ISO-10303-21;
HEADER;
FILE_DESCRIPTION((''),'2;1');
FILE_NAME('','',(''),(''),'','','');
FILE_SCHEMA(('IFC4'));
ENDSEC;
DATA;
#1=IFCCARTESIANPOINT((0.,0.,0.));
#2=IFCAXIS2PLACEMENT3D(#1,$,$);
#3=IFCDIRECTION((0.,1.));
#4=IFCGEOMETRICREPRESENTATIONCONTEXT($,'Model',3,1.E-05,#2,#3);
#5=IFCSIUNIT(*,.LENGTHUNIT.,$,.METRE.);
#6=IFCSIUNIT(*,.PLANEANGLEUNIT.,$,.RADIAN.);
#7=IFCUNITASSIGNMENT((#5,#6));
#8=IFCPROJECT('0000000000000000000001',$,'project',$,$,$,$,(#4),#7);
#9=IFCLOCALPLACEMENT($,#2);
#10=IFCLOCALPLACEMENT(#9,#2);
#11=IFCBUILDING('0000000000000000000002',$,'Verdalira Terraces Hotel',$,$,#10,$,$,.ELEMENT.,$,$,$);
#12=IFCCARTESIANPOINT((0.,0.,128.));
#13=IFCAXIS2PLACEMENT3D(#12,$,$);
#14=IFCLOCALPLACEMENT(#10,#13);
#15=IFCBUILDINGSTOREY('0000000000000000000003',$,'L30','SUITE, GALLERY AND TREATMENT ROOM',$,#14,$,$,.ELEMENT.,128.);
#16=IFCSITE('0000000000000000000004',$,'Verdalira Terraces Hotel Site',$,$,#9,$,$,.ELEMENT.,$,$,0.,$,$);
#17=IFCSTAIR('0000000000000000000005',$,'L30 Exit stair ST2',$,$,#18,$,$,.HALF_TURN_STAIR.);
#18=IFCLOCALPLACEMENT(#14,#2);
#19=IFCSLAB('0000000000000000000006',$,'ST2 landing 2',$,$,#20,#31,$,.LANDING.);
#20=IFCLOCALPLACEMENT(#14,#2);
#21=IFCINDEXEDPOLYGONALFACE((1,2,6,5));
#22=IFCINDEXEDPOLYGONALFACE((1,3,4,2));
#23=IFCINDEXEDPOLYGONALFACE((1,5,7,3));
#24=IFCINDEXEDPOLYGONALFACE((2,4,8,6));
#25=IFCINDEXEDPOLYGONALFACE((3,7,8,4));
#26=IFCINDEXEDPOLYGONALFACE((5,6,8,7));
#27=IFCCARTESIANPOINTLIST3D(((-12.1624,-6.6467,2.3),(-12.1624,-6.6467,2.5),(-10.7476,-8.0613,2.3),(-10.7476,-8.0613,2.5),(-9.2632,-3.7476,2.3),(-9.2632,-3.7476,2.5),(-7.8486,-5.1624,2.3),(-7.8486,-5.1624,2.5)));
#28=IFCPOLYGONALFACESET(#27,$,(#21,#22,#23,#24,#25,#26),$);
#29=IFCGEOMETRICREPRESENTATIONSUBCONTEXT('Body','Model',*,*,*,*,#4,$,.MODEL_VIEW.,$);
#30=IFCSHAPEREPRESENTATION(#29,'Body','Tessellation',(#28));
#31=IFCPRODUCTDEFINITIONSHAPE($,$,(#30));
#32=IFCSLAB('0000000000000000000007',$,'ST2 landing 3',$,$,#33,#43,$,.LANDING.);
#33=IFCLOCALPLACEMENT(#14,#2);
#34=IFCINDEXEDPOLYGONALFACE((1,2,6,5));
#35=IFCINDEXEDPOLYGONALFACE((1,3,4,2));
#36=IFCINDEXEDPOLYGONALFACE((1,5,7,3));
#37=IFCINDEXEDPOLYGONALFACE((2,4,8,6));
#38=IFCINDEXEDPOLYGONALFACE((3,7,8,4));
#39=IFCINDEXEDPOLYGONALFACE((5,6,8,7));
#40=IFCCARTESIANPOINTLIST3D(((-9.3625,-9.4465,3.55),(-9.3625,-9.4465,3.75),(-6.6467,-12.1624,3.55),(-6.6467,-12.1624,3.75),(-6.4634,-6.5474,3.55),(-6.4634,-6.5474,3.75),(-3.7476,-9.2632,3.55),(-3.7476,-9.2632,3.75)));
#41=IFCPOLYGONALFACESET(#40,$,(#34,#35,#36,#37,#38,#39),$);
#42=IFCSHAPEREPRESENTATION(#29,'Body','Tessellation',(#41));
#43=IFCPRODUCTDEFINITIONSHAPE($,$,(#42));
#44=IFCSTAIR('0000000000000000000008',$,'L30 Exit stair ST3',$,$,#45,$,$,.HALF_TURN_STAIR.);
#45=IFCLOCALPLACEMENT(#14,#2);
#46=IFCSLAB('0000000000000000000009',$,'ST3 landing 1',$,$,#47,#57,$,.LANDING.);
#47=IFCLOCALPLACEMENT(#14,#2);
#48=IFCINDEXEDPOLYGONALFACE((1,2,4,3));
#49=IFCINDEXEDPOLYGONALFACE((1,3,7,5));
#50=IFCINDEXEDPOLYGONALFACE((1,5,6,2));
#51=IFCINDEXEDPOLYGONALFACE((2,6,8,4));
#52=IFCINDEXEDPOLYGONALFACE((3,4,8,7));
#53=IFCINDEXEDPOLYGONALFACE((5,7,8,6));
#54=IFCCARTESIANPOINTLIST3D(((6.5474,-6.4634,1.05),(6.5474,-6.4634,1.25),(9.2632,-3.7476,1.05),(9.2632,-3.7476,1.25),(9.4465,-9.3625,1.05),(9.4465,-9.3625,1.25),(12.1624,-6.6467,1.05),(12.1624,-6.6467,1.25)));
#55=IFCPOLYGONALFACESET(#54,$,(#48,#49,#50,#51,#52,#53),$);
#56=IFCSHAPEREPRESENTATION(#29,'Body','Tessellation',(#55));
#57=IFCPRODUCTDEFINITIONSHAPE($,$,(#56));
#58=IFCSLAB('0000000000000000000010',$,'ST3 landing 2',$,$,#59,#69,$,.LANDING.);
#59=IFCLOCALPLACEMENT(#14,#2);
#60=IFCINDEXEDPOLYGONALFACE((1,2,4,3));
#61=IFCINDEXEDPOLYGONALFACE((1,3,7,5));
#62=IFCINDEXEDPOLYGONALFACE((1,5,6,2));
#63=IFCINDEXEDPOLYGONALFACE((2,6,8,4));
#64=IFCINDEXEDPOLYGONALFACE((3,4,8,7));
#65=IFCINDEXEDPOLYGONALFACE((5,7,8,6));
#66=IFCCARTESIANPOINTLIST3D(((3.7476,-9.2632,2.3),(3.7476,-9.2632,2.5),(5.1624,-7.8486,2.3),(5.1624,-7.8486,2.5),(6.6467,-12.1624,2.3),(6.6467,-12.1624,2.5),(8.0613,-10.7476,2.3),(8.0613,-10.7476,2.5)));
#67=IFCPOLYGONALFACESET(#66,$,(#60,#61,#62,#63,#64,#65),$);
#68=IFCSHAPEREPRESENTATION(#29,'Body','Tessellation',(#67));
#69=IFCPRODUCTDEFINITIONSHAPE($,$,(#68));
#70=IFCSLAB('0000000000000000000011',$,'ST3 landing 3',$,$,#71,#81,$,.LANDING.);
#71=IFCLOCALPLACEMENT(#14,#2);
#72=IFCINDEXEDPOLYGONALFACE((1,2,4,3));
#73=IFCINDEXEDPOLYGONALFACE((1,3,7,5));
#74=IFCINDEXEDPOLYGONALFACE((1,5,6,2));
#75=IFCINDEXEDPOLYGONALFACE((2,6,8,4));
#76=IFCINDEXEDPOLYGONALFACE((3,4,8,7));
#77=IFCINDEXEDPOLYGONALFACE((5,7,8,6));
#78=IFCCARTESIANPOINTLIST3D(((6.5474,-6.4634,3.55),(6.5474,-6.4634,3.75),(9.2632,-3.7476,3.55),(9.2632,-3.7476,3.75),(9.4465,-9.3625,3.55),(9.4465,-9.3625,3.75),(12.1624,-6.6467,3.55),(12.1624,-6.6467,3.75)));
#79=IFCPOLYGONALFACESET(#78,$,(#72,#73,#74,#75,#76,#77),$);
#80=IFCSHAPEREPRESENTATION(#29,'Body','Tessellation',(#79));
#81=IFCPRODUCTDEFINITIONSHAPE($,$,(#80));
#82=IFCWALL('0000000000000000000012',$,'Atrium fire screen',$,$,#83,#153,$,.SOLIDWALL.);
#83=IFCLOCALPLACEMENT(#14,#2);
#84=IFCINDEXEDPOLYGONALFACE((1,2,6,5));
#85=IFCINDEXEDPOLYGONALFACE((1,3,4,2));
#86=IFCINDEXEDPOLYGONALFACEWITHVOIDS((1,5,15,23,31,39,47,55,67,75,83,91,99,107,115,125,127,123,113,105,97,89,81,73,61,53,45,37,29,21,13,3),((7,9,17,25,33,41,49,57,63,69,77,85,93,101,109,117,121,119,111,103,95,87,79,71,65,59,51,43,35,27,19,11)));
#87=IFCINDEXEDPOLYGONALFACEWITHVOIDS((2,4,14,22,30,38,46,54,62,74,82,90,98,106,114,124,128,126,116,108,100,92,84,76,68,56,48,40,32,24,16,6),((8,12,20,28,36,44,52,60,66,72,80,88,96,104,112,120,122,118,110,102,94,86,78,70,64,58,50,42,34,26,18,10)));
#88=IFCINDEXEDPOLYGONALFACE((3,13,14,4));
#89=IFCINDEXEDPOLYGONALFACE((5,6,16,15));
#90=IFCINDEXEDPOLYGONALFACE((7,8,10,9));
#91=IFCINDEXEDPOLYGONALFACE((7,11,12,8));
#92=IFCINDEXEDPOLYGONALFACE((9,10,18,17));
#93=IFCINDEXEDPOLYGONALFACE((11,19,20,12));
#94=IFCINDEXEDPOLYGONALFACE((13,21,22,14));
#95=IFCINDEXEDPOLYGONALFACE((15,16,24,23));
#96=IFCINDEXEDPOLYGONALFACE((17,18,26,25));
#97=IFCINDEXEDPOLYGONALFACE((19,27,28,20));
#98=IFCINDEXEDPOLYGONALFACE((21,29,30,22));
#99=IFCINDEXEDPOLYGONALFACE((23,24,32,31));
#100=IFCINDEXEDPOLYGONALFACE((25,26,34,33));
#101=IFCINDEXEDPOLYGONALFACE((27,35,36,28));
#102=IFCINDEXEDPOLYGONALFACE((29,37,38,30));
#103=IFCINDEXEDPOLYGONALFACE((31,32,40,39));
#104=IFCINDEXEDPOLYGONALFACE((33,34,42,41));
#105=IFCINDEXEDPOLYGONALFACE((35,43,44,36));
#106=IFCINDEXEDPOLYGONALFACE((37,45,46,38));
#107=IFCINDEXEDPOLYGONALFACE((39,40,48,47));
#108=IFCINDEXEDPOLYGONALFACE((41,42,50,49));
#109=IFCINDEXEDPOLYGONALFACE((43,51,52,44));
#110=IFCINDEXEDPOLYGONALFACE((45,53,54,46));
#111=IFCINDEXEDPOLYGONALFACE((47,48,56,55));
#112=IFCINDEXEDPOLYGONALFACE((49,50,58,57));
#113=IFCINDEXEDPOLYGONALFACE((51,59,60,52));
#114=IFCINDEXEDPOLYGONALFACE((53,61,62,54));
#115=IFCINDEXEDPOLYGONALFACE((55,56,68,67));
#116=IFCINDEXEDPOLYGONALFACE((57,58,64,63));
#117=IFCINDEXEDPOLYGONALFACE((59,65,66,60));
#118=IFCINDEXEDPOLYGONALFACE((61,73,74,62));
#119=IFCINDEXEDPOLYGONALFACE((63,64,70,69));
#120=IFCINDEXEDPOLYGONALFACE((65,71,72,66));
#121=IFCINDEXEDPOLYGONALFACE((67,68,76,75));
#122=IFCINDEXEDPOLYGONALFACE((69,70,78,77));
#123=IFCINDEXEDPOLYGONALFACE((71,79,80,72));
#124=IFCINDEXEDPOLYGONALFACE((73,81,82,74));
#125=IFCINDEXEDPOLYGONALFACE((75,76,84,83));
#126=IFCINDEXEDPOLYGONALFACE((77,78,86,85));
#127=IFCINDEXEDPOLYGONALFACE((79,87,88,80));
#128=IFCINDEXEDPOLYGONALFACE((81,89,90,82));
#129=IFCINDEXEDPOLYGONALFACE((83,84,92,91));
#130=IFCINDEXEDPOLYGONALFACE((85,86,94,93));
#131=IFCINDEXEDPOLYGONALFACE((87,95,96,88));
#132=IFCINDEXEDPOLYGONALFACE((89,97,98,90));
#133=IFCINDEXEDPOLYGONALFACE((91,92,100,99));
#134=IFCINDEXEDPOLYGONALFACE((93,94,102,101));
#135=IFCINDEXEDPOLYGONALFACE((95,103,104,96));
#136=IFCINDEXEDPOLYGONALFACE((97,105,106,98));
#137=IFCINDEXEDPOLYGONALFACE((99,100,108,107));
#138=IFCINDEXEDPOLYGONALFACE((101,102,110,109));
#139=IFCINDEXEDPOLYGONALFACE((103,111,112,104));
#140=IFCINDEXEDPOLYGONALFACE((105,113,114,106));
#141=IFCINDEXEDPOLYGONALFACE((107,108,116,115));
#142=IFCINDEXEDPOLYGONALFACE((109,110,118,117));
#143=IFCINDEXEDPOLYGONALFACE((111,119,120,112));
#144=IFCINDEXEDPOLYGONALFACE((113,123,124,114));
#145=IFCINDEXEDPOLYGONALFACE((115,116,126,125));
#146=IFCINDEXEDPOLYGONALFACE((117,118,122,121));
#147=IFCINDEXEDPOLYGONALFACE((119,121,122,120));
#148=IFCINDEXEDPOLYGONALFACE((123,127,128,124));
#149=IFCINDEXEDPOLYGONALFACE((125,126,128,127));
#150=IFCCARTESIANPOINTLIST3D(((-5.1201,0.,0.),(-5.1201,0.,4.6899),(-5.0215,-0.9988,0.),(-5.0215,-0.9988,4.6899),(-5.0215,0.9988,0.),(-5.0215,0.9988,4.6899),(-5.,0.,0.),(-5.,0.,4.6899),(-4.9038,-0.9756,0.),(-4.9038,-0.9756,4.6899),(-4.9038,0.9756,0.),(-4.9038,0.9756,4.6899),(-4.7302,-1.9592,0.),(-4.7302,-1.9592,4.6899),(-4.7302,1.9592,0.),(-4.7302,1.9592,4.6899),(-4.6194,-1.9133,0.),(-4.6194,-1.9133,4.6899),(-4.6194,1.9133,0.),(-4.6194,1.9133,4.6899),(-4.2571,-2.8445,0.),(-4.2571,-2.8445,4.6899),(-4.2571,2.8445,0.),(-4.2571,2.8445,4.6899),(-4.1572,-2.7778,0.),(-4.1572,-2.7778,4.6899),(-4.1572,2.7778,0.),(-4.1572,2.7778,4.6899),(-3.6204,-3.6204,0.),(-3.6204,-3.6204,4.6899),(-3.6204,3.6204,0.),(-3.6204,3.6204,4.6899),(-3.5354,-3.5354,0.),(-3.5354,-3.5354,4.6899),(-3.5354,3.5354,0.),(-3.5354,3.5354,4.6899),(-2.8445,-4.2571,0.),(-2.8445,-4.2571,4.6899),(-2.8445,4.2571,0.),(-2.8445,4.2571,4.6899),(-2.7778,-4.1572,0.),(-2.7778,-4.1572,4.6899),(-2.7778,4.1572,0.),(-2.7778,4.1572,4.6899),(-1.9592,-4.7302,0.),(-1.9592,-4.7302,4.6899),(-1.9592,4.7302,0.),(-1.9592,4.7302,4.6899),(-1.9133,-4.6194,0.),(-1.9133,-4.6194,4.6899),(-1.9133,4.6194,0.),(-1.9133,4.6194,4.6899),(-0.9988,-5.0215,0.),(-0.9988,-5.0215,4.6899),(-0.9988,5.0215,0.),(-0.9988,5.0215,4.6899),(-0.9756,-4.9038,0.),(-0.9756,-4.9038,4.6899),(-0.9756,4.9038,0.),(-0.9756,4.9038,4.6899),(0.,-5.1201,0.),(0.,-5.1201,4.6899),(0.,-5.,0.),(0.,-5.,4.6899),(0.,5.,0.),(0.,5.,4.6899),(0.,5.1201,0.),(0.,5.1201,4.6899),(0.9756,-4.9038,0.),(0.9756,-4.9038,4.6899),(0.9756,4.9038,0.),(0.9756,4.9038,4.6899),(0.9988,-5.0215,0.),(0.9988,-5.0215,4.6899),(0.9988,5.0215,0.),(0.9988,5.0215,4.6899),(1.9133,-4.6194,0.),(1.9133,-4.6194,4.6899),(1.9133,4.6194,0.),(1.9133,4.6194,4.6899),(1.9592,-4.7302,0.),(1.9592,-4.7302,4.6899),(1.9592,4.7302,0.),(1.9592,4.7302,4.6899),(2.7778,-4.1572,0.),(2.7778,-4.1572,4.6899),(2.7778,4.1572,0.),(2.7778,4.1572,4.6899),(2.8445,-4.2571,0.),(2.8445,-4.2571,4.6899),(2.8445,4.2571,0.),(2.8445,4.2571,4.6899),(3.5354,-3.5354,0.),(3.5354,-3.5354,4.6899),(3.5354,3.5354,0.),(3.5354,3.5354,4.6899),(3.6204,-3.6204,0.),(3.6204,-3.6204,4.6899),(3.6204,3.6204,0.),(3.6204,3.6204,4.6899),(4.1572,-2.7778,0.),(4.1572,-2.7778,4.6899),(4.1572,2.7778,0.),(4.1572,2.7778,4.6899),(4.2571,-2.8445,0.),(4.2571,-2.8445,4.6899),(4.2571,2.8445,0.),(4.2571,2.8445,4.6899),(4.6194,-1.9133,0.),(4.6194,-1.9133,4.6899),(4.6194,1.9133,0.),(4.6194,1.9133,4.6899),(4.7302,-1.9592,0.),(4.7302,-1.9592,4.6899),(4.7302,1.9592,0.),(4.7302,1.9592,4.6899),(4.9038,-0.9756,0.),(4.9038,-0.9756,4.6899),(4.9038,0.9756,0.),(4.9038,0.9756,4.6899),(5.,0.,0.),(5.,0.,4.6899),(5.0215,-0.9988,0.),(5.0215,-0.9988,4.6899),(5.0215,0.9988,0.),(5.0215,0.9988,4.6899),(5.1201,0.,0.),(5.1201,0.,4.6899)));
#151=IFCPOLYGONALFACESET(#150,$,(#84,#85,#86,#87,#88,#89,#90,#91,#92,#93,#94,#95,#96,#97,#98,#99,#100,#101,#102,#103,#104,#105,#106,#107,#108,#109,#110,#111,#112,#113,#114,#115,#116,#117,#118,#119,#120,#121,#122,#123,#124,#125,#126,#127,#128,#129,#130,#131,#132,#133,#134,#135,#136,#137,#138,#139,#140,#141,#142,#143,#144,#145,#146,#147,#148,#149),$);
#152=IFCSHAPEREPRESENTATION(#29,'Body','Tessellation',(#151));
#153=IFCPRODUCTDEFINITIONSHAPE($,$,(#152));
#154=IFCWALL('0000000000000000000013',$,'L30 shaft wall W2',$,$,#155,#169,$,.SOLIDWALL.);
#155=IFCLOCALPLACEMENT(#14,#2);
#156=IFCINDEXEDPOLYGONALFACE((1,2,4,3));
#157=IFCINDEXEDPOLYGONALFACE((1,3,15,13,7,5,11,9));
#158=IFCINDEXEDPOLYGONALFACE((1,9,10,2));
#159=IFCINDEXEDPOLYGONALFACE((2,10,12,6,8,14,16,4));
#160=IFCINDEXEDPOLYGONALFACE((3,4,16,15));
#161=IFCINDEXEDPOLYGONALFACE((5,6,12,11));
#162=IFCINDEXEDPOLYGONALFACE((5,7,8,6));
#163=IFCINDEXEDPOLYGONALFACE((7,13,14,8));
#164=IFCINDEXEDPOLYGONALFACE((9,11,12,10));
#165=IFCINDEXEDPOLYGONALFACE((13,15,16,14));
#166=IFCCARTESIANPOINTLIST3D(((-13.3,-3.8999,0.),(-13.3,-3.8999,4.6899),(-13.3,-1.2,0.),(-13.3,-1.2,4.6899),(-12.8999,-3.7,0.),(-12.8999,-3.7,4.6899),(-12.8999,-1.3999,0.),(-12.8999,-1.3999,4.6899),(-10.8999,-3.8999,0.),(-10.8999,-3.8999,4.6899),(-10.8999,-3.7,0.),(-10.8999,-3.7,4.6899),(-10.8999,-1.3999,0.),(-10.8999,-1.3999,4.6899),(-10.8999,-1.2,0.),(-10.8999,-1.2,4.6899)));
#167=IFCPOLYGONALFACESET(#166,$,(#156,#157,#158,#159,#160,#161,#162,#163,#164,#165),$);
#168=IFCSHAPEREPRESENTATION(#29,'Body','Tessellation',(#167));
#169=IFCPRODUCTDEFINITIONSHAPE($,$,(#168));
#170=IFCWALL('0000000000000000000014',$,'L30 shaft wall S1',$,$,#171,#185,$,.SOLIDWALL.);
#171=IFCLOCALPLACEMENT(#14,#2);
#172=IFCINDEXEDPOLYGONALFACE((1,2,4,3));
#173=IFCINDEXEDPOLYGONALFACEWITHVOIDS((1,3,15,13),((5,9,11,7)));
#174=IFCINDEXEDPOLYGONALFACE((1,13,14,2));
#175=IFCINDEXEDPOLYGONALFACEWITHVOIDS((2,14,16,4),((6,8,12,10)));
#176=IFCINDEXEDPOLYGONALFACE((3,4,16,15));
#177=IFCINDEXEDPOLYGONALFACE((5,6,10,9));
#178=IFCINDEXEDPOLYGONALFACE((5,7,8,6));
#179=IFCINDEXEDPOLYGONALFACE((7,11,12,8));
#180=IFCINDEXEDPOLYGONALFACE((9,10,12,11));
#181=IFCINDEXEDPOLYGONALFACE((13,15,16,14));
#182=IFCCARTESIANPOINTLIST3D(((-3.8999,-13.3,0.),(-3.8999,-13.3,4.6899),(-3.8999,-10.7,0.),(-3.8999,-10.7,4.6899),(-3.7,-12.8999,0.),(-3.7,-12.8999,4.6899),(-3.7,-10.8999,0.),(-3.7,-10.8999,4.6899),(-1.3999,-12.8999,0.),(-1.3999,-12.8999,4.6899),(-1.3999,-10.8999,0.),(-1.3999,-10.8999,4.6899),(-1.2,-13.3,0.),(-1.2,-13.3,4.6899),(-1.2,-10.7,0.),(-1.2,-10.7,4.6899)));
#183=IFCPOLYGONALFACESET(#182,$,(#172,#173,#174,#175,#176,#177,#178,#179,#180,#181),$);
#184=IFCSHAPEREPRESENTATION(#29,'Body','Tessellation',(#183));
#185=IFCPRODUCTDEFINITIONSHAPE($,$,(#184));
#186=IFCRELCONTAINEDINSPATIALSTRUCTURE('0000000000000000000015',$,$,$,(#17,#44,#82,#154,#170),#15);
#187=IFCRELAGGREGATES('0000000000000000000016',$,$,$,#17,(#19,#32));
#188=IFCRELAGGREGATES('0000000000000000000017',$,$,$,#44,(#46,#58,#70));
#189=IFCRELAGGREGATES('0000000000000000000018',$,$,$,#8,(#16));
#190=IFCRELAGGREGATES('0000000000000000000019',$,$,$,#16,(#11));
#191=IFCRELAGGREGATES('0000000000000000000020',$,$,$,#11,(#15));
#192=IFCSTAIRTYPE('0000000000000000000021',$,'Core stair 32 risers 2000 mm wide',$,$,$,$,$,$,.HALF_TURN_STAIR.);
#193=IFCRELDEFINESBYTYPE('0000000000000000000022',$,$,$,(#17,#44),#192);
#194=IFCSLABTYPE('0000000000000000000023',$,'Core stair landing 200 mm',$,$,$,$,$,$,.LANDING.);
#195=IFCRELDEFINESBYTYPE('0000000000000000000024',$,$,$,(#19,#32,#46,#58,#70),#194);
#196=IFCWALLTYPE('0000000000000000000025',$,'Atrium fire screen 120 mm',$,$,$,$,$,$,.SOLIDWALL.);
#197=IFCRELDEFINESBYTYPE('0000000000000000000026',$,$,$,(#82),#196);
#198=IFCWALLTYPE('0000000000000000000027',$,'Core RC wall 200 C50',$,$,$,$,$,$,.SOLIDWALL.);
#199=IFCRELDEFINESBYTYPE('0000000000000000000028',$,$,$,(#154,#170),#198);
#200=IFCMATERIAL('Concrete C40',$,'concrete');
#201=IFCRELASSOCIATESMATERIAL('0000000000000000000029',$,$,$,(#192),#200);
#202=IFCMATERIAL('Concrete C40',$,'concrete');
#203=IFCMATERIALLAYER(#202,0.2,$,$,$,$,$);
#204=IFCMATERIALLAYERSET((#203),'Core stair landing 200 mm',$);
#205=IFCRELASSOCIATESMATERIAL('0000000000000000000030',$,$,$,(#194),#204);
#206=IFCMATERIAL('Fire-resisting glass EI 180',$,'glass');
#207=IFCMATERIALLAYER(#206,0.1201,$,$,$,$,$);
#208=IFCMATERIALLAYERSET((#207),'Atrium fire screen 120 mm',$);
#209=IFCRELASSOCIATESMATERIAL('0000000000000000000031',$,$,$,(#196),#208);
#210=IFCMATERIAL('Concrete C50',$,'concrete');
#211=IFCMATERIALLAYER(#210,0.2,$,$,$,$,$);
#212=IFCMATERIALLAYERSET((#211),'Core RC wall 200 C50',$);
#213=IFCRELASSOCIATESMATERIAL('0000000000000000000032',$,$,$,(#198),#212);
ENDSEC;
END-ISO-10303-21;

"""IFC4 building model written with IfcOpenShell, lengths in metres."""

from ifc_helpers import new_model, si_unit, direction, frame, origin, place, context, subcontext, project, spatial, polyline, outline, extrude, material, layer, layer_set, type_object, element, aggregate, save


model = new_model("IFC4")

# Units and contexts
model_context = context("Model", 3, precision=1e-05, world=origin(), true_north=direction((0.0, 1.0)))
body_context = subcontext(model_context, "Body", "Model", "MODEL_VIEW")
ifc_project = project(units=[si_unit("LENGTHUNIT", "METRE"), si_unit("PLANEANGLEUNIT", "RADIAN")], contexts=[model_context])

# Site, building, storey
site_placement = place(None, origin())
site = spatial("IfcSite", under=ifc_project, at=site_placement, Name="Verdalira Terraces Hotel Site", CompositionType="ELEMENT", RefElevation=0.0)
building_placement = place(site_placement, origin())
building = spatial("IfcBuilding", under=site, at=building_placement, Name="Verdalira Terraces Hotel", CompositionType="ELEMENT")
storey_placement = place(building_placement, frame((0.0, 0.0, 128.0)))
storey = spatial("IfcBuildingStorey", under=building, at=storey_placement, Name="L30", Description="SUITE, GALLERY AND TREATMENT ROOM", CompositionType="ELEMENT", Elevation=128.0)

# Stairs, slabs
ifc_material_1 = material(Name="Concrete C40", Category="concrete")
stair_type = type_object("IfcStairType", Name="Core stair 32 risers 2000 mm wide", PredefinedType="HALF_TURN_STAIR", material=ifc_material_1)
ifc_material_2 = material(Name="Concrete C40", Category="concrete")
ifc_layer_1 = layer(ifc_material_2, 0.2)
ifc_layer_set_1 = layer_set([ifc_layer_1], Name="Core stair landing 200 mm")
slab_type_1 = type_object("IfcSlabType", Name="Core stair landing 200 mm", PredefinedType="LANDING", material=ifc_layer_set_1)
stair_1_placement = place(storey_placement, origin())
stair_1 = element("IfcStair", 1, at=stair_1_placement, inside=storey, type_object=stair_type, Name="L30 Exit stair ST2", PredefinedType="HALF_TURN_STAIR")
slab_1_placement = place(storey_placement, frame((0.0, 0.0, 2.3)))
slab_1 = element("IfcSlab", 2, at=slab_1_placement, type_object=slab_type_1, Name="ST2 landing 2", PredefinedType="LANDING", context=body_context, shape_type="SweptSolid", body=[
    extrude(outline(polyline([(-12.1624, -6.6467), (-10.7476, -8.0613), (-7.8486, -5.1624), (-9.2632, -3.7476), (-12.1624, -6.6467)])), origin(), (0.0, 0.0, 1.0), 0.2),
])
slab_2_placement = place(storey_placement, frame((0.0, 0.0, 3.55)))
slab_2 = element("IfcSlab", 3, at=slab_2_placement, type_object=slab_type_1, Name="ST2 landing 3", PredefinedType="LANDING", context=body_context, shape_type="SweptSolid", body=[
    extrude(outline(polyline([(-9.3625, -9.4465), (-6.6467, -12.1624), (-3.7476, -9.2632), (-6.4634, -6.5474), (-9.3625, -9.4465)])), origin(), (0.0, 0.0, 1.0), 0.2),
])
aggregate(stair_1, [slab_1, slab_2])
stair_2_placement = place(storey_placement, origin())
stair_2 = element("IfcStair", 4, at=stair_2_placement, inside=storey, type_object=stair_type, Name="L30 Exit stair ST3", PredefinedType="HALF_TURN_STAIR")
slab_3_placement = place(storey_placement, frame((0.0, 0.0, 1.05)))
slab_3 = element("IfcSlab", 5, at=slab_3_placement, type_object=slab_type_1, Name="ST3 landing 1", PredefinedType="LANDING", context=body_context, shape_type="SweptSolid", body=[
    extrude(outline(polyline([(9.4465, -9.3625), (12.1624, -6.6467), (9.2632, -3.7476), (6.5474, -6.4634), (9.4465, -9.3625)])), origin(), (0.0, 0.0, 1.0), 0.2),
])
slab_4_placement = place(storey_placement, frame((0.0, 0.0, 2.3)))
slab_4 = element("IfcSlab", 6, at=slab_4_placement, type_object=slab_type_1, Name="ST3 landing 2", PredefinedType="LANDING", context=body_context, shape_type="SweptSolid", body=[
    extrude(outline(polyline([(6.6467, -12.1624), (8.0613, -10.7476), (5.1624, -7.8486), (3.7476, -9.2632), (6.6467, -12.1624)])), origin(), (0.0, 0.0, 1.0), 0.2),
])
slab_5_placement = place(storey_placement, frame((0.0, 0.0, 3.55)))
slab_5 = element("IfcSlab", 7, at=slab_5_placement, type_object=slab_type_1, Name="ST3 landing 3", PredefinedType="LANDING", context=body_context, shape_type="SweptSolid", body=[
    extrude(outline(polyline([(9.4465, -9.3625), (12.1624, -6.6467), (9.2632, -3.7476), (6.5474, -6.4634), (9.4465, -9.3625)])), origin(), (0.0, 0.0, 1.0), 0.2),
])
aggregate(stair_2, [slab_3, slab_4, slab_5])

# Walls
ifc_material_3 = material(Name="Fire-resisting glass EI 180", Category="glass")
ifc_layer_2 = layer(ifc_material_3, 0.1201)
ifc_layer_set_2 = layer_set([ifc_layer_2], Name="Atrium fire screen 120 mm")
wall_type_1 = type_object("IfcWallType", Name="Atrium fire screen 120 mm", PredefinedType="SOLIDWALL", material=ifc_layer_set_2)
wall_1_placement = place(storey_placement, origin())
element("IfcWall", 8, at=wall_1_placement, inside=storey, type_object=wall_type_1, Name="Atrium fire screen", PredefinedType="SOLIDWALL", context=body_context, shape_type="SweptSolid", body=[
    extrude(outline(polyline([(5.0215, -0.9988), (4.7302, -1.9592), (4.2571, -2.8445), (3.6204, -3.6204), (2.8445, -4.2571), (1.9592, -4.7302), (0.9988, -5.0215), (0.0, -5.1201), (-0.9988, -5.0215), (-1.9592, -4.7302), (-2.8445, -4.2571), (-3.6204, -3.6204), (-4.2571, -2.8445), (-4.7302, -1.9592), (-5.0215, -0.9988), (-5.1201, 0.0), (-5.0215, 0.9988), (-4.7302, 1.9592), (-4.2571, 2.8445), (-3.6204, 3.6204), (-2.8445, 4.2571), (-1.9592, 4.7302), (-0.9988, 5.0215), (0.0, 5.1201), (0.9988, 5.0215), (1.9592, 4.7302), (2.8445, 4.2571), (3.6204, 3.6204), (4.2571, 2.8445), (4.7302, 1.9592), (5.0215, 0.9988), (5.1201, 0.0), (5.0215, -0.9988)]), holes=[polyline([(4.9038, 0.9756), (4.6194, 1.9133), (4.1572, 2.7778), (3.5354, 3.5354), (2.7778, 4.1572), (1.9133, 4.6194), (0.9756, 4.9038), (0.0, 5.0), (-0.9756, 4.9038), (-1.9133, 4.6194), (-2.7778, 4.1572), (-3.5354, 3.5354), (-4.1572, 2.7778), (-4.6194, 1.9133), (-4.9038, 0.9756), (-5.0, 0.0), (-4.9038, -0.9756), (-4.6194, -1.9133), (-4.1572, -2.7778), (-3.5354, -3.5354), (-2.7778, -4.1572), (-1.9133, -4.6194), (-0.9756, -4.9038), (0.0, -5.0), (0.9756, -4.9038), (1.9133, -4.6194), (2.7778, -4.1572), (3.5354, -3.5354), (4.1572, -2.7778), (4.6194, -1.9133), (4.9038, -0.9756), (5.0, 0.0), (4.9038, 0.9756)])]), origin(), (0.0, 0.0, 1.0), 4.6899),
])
ifc_material_4 = material(Name="Concrete C50", Category="concrete")
ifc_layer_3 = layer(ifc_material_4, 0.2)
ifc_layer_set_3 = layer_set([ifc_layer_3], Name="Core RC wall 200 C50")
wall_type_2 = type_object("IfcWallType", Name="Core RC wall 200 C50", PredefinedType="SOLIDWALL", material=ifc_layer_set_3)
wall_2_placement = place(storey_placement, origin())
element("IfcWall", 9, at=wall_2_placement, inside=storey, type_object=wall_type_2, Name="L30 shaft wall W2", PredefinedType="SOLIDWALL", context=body_context, shape_type="SweptSolid", body=[
    extrude(outline(polyline([(-13.3, -3.8999), (-13.3, -1.2), (-10.8999, -1.2), (-10.8999, -1.3999), (-12.8999, -1.3999), (-12.8999, -3.7), (-10.8999, -3.7), (-10.8999, -3.8999), (-13.3, -3.8999)])), origin(), (0.0, 0.0, 1.0), 4.6899),
])
wall_3_placement = place(storey_placement, origin())
element("IfcWall", 10, at=wall_3_placement, inside=storey, type_object=wall_type_2, Name="L30 shaft wall S1", PredefinedType="SOLIDWALL", context=body_context, shape_type="SweptSolid", body=[
    extrude(outline(polyline([(-1.2, -13.3), (-3.8999, -13.3), (-3.8999, -10.7), (-1.2, -10.7), (-1.2, -13.3)]), holes=[polyline([(-3.7, -10.8999), (-3.7, -12.8999), (-1.3999, -12.8999), (-1.3999, -10.8999), (-3.7, -10.8999)])]), origin(), (0.0, 0.0, 1.0), 4.6899),
])

save(model, "model.ifc")
